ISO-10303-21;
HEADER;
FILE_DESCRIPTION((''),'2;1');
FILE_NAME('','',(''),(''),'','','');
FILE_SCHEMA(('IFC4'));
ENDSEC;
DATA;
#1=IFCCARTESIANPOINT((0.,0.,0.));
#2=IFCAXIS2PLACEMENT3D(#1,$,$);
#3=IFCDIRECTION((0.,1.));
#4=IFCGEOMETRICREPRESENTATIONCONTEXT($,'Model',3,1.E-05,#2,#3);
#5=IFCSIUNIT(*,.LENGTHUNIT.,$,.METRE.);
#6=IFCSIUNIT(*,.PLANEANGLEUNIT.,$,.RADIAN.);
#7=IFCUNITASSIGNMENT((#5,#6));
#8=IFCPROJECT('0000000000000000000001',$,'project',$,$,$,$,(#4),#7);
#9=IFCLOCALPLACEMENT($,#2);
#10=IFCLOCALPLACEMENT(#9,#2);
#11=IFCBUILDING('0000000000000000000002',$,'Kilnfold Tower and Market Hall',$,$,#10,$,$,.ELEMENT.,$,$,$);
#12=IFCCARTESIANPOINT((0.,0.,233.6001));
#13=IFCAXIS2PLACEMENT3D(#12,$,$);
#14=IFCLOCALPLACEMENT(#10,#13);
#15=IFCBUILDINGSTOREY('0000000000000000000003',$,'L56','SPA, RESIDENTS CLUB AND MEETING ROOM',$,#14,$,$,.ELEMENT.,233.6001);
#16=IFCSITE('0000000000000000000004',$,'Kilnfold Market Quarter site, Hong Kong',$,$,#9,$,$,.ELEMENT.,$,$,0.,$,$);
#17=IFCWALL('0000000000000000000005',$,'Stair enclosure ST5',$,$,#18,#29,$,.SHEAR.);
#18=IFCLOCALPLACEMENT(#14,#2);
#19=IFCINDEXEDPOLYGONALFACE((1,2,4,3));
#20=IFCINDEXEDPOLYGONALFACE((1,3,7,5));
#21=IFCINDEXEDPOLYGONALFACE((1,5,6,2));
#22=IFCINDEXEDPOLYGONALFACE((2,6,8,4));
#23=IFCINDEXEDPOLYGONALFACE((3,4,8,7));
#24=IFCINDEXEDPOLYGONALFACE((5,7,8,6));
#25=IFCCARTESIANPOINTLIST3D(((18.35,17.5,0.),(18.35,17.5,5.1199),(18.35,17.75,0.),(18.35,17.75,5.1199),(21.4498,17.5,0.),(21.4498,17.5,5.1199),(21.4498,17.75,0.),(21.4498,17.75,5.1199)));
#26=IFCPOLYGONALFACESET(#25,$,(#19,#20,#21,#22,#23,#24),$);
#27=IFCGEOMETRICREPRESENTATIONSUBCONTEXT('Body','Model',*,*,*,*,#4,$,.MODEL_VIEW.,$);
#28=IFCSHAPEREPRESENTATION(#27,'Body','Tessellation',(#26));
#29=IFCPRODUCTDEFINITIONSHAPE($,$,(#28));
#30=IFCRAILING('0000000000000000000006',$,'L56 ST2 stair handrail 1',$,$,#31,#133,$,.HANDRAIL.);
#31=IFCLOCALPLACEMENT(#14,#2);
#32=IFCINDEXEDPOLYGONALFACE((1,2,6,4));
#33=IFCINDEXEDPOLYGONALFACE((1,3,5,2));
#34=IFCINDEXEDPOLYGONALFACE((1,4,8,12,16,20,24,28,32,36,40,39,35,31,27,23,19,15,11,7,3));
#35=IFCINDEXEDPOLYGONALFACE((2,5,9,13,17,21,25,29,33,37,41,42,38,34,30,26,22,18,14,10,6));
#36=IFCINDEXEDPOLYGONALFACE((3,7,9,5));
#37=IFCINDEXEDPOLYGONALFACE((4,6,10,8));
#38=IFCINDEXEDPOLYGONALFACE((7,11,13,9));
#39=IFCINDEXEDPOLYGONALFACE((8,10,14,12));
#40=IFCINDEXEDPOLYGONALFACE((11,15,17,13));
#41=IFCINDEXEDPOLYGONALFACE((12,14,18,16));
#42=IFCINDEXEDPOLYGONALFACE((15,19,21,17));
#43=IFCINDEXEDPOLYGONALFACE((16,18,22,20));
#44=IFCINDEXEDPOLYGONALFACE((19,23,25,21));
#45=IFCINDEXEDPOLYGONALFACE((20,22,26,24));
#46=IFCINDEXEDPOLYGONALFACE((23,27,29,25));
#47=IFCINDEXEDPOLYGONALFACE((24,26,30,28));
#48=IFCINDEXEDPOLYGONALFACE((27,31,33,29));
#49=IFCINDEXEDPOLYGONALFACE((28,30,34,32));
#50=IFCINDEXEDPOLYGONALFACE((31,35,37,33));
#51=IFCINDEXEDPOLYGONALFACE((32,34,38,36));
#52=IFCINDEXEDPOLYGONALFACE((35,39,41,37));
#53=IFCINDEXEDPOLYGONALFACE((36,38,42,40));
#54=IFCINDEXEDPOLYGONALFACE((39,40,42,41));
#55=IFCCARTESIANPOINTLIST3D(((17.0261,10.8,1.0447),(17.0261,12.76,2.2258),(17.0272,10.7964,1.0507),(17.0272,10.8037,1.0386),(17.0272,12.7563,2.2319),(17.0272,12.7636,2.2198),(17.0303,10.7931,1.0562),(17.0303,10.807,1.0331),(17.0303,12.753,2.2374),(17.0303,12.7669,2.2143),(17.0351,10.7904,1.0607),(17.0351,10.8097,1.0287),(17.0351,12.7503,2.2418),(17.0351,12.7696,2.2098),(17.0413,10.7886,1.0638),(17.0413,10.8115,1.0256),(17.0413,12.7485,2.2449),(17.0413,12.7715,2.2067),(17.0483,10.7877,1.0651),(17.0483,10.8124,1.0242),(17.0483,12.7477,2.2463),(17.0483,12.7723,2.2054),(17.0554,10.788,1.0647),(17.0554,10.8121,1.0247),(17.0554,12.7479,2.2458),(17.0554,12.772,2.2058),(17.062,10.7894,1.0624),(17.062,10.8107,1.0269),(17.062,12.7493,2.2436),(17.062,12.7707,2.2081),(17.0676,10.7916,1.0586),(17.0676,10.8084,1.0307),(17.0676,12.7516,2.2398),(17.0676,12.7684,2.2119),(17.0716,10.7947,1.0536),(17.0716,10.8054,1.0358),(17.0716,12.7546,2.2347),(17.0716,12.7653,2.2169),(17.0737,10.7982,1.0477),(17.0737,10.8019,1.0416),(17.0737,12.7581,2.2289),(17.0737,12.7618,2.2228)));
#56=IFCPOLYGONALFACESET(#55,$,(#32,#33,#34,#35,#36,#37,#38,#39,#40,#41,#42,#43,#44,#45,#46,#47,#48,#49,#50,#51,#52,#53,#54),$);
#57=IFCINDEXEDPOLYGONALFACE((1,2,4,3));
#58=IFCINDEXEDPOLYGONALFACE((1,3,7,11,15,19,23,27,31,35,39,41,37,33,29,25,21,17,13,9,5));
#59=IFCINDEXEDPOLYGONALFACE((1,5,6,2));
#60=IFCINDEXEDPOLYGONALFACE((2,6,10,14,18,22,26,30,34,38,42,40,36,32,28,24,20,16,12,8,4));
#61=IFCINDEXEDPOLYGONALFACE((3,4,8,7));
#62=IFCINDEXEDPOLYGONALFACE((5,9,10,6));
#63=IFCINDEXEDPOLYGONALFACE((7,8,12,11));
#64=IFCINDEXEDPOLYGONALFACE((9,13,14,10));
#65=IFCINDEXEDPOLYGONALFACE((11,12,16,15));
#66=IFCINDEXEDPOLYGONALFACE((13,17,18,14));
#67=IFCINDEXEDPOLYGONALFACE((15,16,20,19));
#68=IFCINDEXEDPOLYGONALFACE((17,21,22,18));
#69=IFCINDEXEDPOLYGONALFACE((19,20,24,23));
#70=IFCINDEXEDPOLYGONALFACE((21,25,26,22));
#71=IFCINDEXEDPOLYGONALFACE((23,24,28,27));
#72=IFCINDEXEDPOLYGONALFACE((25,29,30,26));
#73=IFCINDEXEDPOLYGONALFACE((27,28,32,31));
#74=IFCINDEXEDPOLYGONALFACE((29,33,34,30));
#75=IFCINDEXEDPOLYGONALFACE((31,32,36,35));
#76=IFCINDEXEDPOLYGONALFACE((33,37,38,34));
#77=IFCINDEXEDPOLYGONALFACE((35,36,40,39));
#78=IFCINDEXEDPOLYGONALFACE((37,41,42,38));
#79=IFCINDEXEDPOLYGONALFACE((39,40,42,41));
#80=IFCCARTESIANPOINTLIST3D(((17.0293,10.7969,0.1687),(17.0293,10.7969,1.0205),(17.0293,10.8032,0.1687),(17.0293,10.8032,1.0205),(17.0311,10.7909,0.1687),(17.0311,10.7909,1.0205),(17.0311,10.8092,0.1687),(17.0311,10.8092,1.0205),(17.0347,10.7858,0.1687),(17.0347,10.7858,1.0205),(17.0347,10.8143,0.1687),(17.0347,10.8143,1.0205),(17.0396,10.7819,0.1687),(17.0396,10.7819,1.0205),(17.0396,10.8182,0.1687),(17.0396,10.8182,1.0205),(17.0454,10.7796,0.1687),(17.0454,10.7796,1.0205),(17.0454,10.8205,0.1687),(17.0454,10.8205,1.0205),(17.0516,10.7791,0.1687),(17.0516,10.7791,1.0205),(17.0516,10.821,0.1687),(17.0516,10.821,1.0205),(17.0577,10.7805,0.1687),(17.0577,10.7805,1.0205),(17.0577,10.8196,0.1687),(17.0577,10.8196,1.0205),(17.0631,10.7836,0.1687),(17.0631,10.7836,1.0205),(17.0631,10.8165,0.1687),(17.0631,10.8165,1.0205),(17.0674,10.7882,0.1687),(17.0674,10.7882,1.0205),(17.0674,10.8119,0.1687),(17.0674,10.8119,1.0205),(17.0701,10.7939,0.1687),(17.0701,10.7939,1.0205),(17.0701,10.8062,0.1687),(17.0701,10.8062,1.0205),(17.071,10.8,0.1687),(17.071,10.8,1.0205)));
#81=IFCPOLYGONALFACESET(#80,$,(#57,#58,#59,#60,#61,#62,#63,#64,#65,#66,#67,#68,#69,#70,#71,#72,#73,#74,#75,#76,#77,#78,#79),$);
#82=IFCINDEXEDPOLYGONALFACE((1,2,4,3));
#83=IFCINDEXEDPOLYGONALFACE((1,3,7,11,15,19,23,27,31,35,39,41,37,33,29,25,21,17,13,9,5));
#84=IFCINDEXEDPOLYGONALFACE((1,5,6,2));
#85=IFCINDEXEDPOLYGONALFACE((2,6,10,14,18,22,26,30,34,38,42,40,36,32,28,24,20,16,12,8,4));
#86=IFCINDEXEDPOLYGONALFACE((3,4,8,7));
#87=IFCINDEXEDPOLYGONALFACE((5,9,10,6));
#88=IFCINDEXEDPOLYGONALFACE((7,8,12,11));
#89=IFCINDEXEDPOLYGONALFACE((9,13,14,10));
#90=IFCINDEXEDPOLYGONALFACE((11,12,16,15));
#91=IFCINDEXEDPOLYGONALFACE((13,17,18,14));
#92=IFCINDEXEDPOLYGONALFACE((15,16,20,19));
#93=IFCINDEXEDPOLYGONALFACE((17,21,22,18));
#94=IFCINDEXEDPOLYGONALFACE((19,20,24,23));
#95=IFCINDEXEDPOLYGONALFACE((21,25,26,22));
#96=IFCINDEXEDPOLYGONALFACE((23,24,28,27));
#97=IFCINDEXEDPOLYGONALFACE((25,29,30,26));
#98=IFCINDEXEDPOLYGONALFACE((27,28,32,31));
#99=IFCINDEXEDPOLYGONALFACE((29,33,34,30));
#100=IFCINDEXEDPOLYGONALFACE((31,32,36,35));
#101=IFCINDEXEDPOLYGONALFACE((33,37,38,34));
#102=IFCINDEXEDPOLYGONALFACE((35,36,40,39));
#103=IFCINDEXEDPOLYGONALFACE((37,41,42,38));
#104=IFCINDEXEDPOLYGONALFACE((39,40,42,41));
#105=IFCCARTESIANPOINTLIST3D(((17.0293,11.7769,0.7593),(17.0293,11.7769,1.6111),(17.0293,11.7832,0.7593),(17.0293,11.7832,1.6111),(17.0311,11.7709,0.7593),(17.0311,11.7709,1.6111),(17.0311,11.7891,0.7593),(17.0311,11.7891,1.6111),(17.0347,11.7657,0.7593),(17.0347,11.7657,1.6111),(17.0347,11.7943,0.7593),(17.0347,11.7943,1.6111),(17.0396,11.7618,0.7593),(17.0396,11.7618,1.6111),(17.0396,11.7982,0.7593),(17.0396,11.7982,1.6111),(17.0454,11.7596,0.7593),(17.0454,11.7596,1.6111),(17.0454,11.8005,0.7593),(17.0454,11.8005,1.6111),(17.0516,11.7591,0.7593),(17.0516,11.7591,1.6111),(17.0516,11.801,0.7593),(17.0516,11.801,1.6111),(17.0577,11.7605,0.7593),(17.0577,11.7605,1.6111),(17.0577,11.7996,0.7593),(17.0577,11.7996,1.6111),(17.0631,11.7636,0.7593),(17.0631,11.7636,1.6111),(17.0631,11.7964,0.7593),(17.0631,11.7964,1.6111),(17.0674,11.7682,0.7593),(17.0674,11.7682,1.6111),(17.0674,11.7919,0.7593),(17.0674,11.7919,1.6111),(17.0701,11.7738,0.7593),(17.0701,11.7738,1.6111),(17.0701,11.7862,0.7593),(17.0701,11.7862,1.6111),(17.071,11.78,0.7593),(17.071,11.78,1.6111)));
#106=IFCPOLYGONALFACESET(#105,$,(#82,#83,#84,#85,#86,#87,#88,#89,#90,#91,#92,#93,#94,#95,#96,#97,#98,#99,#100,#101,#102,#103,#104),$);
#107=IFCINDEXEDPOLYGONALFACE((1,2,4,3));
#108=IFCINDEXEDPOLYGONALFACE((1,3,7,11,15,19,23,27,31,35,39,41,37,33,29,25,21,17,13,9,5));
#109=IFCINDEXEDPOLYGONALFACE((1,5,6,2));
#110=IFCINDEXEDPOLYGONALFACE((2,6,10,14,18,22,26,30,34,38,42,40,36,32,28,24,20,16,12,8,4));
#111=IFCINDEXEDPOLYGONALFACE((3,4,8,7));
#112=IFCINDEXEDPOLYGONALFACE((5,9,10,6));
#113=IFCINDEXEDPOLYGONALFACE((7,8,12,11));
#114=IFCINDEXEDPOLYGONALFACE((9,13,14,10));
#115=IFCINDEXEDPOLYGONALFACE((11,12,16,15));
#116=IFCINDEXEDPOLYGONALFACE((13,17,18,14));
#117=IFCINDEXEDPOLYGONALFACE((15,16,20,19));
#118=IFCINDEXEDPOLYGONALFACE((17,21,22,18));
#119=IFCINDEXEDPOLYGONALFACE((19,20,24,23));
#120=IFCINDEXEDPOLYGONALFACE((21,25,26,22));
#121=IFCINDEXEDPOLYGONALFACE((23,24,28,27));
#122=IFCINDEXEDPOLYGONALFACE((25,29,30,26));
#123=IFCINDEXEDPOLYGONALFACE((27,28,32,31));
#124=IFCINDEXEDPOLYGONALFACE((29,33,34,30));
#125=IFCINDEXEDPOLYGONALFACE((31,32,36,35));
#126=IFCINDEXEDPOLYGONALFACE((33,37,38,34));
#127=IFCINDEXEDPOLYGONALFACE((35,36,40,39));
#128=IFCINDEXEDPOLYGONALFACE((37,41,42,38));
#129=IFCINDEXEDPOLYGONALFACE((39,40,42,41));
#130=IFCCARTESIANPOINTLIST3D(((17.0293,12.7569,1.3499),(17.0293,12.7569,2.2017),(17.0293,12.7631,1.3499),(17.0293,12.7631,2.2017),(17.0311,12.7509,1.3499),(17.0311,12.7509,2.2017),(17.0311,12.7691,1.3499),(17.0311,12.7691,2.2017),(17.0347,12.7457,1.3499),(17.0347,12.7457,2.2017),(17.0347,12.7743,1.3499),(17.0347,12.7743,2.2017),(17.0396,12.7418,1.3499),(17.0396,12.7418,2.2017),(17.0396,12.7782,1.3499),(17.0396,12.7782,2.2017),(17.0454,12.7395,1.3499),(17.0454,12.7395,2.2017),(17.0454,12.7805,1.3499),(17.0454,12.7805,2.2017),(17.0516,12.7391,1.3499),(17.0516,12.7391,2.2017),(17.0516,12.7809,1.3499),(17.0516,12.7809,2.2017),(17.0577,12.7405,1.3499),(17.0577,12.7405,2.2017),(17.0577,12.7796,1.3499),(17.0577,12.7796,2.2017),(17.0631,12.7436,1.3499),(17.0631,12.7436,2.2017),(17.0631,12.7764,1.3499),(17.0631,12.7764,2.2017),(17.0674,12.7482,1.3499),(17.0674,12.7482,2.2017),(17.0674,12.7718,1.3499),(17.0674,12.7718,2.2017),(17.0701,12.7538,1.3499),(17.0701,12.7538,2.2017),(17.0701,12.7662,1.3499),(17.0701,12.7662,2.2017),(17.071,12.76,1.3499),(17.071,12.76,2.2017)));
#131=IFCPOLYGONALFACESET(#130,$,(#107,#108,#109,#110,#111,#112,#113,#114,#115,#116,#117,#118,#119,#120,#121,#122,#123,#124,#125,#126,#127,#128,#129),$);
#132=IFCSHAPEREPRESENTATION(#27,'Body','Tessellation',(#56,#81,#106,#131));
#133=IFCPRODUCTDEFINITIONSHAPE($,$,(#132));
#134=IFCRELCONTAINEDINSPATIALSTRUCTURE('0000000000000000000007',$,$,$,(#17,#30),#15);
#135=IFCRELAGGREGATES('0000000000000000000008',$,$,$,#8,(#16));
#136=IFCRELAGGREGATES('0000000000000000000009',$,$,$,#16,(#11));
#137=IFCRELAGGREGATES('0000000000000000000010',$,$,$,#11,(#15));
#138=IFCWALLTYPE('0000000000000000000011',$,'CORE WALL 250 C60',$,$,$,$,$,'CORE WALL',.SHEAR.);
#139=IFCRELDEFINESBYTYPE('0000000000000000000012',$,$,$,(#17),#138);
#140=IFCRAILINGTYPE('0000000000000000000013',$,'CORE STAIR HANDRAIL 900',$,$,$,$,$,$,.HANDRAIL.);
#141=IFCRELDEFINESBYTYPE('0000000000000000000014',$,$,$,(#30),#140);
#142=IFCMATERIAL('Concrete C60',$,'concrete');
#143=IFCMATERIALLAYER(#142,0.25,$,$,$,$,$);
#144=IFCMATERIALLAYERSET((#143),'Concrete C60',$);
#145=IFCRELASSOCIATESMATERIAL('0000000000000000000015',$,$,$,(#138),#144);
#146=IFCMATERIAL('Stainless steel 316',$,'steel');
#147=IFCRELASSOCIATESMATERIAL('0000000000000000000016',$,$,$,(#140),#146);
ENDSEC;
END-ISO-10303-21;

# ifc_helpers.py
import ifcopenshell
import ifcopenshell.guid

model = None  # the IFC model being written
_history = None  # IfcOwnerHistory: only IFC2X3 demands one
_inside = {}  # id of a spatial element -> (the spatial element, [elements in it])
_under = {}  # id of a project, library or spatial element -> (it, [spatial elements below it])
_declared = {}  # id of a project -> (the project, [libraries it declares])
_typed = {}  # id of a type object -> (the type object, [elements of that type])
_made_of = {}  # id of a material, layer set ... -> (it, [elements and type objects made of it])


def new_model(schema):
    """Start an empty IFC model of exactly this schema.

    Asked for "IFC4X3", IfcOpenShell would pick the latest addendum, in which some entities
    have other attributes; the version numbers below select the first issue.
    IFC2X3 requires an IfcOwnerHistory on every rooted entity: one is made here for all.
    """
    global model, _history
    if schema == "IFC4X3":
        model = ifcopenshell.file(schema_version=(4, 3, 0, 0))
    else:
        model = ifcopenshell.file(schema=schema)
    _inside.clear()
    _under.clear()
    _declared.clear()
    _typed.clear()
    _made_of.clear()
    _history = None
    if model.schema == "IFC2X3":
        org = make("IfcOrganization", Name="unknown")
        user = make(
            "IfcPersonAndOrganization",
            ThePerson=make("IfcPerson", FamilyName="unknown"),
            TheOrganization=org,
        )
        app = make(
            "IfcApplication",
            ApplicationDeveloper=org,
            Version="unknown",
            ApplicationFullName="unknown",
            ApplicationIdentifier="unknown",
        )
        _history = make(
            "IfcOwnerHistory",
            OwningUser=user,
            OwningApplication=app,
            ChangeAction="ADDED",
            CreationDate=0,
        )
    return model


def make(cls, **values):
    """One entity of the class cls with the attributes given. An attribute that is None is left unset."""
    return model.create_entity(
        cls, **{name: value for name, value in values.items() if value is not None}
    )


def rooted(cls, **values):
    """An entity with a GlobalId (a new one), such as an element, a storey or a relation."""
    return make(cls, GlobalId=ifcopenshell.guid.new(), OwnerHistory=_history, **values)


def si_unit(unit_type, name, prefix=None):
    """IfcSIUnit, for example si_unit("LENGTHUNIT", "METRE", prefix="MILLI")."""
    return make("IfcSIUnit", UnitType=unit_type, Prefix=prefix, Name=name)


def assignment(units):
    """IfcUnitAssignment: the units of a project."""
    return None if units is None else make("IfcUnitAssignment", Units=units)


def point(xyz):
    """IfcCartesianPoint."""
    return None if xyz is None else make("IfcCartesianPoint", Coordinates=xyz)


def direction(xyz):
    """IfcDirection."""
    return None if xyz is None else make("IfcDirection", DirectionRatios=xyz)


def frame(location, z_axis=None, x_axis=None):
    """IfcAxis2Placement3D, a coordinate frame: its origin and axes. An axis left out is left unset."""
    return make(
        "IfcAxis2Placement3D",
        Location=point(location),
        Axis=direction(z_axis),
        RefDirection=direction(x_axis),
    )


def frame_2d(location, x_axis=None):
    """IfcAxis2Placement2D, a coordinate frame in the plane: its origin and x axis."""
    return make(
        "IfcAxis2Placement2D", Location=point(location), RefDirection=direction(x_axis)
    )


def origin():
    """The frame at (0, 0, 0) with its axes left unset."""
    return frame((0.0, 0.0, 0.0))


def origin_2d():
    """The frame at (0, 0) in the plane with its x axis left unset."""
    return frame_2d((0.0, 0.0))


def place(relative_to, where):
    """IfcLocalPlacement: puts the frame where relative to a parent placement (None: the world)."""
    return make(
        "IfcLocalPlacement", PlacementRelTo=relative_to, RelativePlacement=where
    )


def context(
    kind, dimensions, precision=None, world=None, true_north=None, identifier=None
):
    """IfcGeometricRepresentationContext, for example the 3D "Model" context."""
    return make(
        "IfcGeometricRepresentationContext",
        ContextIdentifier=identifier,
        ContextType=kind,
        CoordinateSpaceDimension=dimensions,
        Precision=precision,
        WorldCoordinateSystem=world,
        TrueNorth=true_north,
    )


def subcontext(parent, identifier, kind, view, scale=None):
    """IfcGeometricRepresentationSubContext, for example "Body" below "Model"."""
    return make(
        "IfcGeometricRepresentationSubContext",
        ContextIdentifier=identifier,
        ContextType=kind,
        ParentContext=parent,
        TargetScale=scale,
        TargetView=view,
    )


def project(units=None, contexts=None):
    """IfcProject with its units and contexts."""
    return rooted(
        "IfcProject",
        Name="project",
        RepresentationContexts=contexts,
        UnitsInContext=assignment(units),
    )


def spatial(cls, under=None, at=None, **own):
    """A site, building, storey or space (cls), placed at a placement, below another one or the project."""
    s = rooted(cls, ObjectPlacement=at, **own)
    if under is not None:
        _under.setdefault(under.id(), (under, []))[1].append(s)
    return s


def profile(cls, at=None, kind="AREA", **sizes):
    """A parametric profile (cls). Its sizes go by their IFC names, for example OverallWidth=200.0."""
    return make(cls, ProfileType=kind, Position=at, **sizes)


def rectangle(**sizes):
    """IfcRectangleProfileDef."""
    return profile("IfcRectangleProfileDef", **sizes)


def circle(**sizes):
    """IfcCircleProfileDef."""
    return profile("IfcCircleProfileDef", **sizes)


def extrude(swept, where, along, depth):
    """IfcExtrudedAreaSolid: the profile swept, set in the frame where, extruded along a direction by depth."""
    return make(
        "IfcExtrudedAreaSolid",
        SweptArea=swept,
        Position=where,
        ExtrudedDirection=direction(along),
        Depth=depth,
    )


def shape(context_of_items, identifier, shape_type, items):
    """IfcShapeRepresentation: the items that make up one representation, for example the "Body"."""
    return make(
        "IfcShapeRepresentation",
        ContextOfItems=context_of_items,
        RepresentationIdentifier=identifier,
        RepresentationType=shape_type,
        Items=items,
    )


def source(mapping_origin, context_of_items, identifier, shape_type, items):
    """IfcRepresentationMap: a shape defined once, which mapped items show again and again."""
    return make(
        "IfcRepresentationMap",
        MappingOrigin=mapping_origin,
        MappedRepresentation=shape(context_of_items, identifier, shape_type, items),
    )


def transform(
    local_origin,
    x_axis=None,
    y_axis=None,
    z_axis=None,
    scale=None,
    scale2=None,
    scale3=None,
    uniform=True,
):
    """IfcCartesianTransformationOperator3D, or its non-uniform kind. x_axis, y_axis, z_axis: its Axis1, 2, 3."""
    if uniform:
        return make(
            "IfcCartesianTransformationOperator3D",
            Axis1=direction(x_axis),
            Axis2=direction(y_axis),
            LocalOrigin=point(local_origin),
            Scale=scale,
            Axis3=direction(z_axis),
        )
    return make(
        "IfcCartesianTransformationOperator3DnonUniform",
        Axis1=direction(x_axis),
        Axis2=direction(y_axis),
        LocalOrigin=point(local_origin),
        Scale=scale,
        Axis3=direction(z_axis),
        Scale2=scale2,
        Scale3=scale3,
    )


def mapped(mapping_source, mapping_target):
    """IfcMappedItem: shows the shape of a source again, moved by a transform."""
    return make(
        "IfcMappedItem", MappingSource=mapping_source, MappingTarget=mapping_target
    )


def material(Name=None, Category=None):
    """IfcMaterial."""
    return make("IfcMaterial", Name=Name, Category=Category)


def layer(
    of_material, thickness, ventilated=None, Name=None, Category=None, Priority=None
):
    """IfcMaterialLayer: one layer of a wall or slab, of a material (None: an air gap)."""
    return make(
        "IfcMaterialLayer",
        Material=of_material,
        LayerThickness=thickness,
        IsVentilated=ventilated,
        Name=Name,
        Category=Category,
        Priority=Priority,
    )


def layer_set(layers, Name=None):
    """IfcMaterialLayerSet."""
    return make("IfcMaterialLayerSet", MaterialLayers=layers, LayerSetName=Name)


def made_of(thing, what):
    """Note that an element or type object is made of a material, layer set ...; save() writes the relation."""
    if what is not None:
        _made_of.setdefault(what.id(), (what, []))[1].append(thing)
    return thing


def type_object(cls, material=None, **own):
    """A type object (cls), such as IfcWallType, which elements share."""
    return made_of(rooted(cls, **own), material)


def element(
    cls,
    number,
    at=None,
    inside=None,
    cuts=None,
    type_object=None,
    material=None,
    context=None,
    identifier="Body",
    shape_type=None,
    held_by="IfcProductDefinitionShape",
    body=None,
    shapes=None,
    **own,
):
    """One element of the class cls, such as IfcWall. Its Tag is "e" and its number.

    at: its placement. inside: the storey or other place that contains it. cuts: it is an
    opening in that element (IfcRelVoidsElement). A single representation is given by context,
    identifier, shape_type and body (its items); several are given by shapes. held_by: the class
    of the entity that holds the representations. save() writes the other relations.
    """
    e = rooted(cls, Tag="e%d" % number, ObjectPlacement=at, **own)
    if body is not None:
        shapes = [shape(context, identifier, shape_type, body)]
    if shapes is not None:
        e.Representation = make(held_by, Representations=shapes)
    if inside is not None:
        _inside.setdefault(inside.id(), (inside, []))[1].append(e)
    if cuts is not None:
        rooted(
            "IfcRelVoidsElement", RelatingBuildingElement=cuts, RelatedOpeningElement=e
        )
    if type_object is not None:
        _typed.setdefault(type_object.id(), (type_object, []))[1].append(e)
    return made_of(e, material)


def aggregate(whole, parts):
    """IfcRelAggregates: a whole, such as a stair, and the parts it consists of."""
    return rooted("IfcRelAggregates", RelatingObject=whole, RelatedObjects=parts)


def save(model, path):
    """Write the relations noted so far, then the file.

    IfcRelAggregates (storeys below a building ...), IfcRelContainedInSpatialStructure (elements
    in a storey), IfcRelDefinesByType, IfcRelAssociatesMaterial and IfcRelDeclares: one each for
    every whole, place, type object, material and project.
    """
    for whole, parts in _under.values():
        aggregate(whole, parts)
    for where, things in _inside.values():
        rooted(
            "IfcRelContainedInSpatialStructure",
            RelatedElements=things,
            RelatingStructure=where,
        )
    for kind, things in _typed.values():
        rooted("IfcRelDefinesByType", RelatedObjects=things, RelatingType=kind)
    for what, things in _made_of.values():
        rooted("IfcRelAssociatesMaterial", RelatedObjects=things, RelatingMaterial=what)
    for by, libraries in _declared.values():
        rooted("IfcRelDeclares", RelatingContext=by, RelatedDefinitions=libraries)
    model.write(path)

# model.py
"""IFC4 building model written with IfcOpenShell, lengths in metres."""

from ifc_helpers import new_model, si_unit, direction, frame, frame_2d, origin, origin_2d, place, context, subcontext, project, spatial, rectangle, circle, extrude, source, transform, mapped, material, layer, layer_set, type_object, element, save


model = new_model("IFC4")

# Units and contexts
model_context = context("Model", 3, precision=1e-05, world=origin(), true_north=direction((0.0, 1.0)))
body_context = subcontext(model_context, "Body", "Model", "MODEL_VIEW")
ifc_project = project(units=[si_unit("LENGTHUNIT", "METRE"), si_unit("PLANEANGLEUNIT", "RADIAN")], contexts=[model_context])

# Site, building, storey
site_placement = place(None, origin())
site = spatial("IfcSite", under=ifc_project, at=site_placement, Name="Kilnfold Market Quarter site, Hong Kong", CompositionType="ELEMENT", RefElevation=0.0)
building_placement = place(site_placement, origin())
building = spatial("IfcBuilding", under=site, at=building_placement, Name="Kilnfold Tower and Market Hall", CompositionType="ELEMENT")
storey_placement = place(building_placement, frame((0.0, 0.0, 233.6001)))
storey = spatial("IfcBuildingStorey", under=building, at=storey_placement, Name="L56", Description="SPA, RESIDENTS CLUB AND MEETING ROOM", CompositionType="ELEMENT", Elevation=233.6001)

# Shared definitions
ifc_material_1 = material(Name="Concrete C60", Category="concrete")
ifc_layer_1 = layer(ifc_material_1, 0.25)
ifc_layer_set_1 = layer_set([ifc_layer_1], Name="Concrete C60")
wall_type_1 = type_object("IfcWallType", Name="CORE WALL 250 C60", ElementType="CORE WALL", PredefinedType="SHEAR", material=ifc_layer_set_1)

# Shared definitions
shared_shape_1 = source(origin(), body_context, "Body", "SweptSolid", [
    extrude(rectangle(XDim=3.0999, YDim=0.25, at=frame_2d((1.5498, 0.0))), origin(), (0.0, 0.0, 1.0), 5.1199),
])

# Wall
wall_1_placement = place(storey_placement, frame((18.3501, 17.625, 0.0), z_axis=(0.0, 0.0, 1.0), x_axis=(1.0, 0.0, 0.0)))
element("IfcWall", 1, at=wall_1_placement, inside=storey, type_object=wall_type_1, Name="Stair enclosure ST5", PredefinedType="SHEAR", context=body_context, shape_type="MappedRepresentation", body=[
    mapped(shared_shape_1, transform((0.0, 0.0, 0.0))),
])

# Railing
ifc_material_2 = material(Name="Stainless steel 316", Category="steel")
railing_type_1 = type_object("IfcRailingType", Name="CORE STAIR HANDRAIL 900", PredefinedType="HANDRAIL", material=ifc_material_2)
for number, where, name in (
    (2, (17.05, 10.8, 0.1687), "L56 ST2 stair handrail 1"),
):
    element("IfcRailing", number, at=place(storey_placement, frame(where)), inside=storey, type_object=railing_type_1, Name=name, PredefinedType="HANDRAIL", context=body_context, shape_type="SweptSolid", body=[
        extrude(circle(Radius=0.0239, at=origin_2d()), frame((0.0, 0.0, 0.876), z_axis=(0.0, 0.856493, 0.516158), x_axis=(-1.0, 0.0, 0.0)), (0.0, 0.0, 1.0), 2.2883),
        extrude(circle(Radius=0.021, at=origin_2d()), origin(), (0.0, 0.0, 1.0), 0.8518),
        extrude(circle(Radius=0.021, at=origin_2d()), frame((0.0, 0.98, 0.5906)), (0.0, 0.0, 1.0), 0.8518),
        extrude(circle(Radius=0.021, at=origin_2d()), frame((0.0, 1.96, 1.1812)), (0.0, 0.0, 1.0), 0.8518),
    ])

save(model, "model.ifc")
